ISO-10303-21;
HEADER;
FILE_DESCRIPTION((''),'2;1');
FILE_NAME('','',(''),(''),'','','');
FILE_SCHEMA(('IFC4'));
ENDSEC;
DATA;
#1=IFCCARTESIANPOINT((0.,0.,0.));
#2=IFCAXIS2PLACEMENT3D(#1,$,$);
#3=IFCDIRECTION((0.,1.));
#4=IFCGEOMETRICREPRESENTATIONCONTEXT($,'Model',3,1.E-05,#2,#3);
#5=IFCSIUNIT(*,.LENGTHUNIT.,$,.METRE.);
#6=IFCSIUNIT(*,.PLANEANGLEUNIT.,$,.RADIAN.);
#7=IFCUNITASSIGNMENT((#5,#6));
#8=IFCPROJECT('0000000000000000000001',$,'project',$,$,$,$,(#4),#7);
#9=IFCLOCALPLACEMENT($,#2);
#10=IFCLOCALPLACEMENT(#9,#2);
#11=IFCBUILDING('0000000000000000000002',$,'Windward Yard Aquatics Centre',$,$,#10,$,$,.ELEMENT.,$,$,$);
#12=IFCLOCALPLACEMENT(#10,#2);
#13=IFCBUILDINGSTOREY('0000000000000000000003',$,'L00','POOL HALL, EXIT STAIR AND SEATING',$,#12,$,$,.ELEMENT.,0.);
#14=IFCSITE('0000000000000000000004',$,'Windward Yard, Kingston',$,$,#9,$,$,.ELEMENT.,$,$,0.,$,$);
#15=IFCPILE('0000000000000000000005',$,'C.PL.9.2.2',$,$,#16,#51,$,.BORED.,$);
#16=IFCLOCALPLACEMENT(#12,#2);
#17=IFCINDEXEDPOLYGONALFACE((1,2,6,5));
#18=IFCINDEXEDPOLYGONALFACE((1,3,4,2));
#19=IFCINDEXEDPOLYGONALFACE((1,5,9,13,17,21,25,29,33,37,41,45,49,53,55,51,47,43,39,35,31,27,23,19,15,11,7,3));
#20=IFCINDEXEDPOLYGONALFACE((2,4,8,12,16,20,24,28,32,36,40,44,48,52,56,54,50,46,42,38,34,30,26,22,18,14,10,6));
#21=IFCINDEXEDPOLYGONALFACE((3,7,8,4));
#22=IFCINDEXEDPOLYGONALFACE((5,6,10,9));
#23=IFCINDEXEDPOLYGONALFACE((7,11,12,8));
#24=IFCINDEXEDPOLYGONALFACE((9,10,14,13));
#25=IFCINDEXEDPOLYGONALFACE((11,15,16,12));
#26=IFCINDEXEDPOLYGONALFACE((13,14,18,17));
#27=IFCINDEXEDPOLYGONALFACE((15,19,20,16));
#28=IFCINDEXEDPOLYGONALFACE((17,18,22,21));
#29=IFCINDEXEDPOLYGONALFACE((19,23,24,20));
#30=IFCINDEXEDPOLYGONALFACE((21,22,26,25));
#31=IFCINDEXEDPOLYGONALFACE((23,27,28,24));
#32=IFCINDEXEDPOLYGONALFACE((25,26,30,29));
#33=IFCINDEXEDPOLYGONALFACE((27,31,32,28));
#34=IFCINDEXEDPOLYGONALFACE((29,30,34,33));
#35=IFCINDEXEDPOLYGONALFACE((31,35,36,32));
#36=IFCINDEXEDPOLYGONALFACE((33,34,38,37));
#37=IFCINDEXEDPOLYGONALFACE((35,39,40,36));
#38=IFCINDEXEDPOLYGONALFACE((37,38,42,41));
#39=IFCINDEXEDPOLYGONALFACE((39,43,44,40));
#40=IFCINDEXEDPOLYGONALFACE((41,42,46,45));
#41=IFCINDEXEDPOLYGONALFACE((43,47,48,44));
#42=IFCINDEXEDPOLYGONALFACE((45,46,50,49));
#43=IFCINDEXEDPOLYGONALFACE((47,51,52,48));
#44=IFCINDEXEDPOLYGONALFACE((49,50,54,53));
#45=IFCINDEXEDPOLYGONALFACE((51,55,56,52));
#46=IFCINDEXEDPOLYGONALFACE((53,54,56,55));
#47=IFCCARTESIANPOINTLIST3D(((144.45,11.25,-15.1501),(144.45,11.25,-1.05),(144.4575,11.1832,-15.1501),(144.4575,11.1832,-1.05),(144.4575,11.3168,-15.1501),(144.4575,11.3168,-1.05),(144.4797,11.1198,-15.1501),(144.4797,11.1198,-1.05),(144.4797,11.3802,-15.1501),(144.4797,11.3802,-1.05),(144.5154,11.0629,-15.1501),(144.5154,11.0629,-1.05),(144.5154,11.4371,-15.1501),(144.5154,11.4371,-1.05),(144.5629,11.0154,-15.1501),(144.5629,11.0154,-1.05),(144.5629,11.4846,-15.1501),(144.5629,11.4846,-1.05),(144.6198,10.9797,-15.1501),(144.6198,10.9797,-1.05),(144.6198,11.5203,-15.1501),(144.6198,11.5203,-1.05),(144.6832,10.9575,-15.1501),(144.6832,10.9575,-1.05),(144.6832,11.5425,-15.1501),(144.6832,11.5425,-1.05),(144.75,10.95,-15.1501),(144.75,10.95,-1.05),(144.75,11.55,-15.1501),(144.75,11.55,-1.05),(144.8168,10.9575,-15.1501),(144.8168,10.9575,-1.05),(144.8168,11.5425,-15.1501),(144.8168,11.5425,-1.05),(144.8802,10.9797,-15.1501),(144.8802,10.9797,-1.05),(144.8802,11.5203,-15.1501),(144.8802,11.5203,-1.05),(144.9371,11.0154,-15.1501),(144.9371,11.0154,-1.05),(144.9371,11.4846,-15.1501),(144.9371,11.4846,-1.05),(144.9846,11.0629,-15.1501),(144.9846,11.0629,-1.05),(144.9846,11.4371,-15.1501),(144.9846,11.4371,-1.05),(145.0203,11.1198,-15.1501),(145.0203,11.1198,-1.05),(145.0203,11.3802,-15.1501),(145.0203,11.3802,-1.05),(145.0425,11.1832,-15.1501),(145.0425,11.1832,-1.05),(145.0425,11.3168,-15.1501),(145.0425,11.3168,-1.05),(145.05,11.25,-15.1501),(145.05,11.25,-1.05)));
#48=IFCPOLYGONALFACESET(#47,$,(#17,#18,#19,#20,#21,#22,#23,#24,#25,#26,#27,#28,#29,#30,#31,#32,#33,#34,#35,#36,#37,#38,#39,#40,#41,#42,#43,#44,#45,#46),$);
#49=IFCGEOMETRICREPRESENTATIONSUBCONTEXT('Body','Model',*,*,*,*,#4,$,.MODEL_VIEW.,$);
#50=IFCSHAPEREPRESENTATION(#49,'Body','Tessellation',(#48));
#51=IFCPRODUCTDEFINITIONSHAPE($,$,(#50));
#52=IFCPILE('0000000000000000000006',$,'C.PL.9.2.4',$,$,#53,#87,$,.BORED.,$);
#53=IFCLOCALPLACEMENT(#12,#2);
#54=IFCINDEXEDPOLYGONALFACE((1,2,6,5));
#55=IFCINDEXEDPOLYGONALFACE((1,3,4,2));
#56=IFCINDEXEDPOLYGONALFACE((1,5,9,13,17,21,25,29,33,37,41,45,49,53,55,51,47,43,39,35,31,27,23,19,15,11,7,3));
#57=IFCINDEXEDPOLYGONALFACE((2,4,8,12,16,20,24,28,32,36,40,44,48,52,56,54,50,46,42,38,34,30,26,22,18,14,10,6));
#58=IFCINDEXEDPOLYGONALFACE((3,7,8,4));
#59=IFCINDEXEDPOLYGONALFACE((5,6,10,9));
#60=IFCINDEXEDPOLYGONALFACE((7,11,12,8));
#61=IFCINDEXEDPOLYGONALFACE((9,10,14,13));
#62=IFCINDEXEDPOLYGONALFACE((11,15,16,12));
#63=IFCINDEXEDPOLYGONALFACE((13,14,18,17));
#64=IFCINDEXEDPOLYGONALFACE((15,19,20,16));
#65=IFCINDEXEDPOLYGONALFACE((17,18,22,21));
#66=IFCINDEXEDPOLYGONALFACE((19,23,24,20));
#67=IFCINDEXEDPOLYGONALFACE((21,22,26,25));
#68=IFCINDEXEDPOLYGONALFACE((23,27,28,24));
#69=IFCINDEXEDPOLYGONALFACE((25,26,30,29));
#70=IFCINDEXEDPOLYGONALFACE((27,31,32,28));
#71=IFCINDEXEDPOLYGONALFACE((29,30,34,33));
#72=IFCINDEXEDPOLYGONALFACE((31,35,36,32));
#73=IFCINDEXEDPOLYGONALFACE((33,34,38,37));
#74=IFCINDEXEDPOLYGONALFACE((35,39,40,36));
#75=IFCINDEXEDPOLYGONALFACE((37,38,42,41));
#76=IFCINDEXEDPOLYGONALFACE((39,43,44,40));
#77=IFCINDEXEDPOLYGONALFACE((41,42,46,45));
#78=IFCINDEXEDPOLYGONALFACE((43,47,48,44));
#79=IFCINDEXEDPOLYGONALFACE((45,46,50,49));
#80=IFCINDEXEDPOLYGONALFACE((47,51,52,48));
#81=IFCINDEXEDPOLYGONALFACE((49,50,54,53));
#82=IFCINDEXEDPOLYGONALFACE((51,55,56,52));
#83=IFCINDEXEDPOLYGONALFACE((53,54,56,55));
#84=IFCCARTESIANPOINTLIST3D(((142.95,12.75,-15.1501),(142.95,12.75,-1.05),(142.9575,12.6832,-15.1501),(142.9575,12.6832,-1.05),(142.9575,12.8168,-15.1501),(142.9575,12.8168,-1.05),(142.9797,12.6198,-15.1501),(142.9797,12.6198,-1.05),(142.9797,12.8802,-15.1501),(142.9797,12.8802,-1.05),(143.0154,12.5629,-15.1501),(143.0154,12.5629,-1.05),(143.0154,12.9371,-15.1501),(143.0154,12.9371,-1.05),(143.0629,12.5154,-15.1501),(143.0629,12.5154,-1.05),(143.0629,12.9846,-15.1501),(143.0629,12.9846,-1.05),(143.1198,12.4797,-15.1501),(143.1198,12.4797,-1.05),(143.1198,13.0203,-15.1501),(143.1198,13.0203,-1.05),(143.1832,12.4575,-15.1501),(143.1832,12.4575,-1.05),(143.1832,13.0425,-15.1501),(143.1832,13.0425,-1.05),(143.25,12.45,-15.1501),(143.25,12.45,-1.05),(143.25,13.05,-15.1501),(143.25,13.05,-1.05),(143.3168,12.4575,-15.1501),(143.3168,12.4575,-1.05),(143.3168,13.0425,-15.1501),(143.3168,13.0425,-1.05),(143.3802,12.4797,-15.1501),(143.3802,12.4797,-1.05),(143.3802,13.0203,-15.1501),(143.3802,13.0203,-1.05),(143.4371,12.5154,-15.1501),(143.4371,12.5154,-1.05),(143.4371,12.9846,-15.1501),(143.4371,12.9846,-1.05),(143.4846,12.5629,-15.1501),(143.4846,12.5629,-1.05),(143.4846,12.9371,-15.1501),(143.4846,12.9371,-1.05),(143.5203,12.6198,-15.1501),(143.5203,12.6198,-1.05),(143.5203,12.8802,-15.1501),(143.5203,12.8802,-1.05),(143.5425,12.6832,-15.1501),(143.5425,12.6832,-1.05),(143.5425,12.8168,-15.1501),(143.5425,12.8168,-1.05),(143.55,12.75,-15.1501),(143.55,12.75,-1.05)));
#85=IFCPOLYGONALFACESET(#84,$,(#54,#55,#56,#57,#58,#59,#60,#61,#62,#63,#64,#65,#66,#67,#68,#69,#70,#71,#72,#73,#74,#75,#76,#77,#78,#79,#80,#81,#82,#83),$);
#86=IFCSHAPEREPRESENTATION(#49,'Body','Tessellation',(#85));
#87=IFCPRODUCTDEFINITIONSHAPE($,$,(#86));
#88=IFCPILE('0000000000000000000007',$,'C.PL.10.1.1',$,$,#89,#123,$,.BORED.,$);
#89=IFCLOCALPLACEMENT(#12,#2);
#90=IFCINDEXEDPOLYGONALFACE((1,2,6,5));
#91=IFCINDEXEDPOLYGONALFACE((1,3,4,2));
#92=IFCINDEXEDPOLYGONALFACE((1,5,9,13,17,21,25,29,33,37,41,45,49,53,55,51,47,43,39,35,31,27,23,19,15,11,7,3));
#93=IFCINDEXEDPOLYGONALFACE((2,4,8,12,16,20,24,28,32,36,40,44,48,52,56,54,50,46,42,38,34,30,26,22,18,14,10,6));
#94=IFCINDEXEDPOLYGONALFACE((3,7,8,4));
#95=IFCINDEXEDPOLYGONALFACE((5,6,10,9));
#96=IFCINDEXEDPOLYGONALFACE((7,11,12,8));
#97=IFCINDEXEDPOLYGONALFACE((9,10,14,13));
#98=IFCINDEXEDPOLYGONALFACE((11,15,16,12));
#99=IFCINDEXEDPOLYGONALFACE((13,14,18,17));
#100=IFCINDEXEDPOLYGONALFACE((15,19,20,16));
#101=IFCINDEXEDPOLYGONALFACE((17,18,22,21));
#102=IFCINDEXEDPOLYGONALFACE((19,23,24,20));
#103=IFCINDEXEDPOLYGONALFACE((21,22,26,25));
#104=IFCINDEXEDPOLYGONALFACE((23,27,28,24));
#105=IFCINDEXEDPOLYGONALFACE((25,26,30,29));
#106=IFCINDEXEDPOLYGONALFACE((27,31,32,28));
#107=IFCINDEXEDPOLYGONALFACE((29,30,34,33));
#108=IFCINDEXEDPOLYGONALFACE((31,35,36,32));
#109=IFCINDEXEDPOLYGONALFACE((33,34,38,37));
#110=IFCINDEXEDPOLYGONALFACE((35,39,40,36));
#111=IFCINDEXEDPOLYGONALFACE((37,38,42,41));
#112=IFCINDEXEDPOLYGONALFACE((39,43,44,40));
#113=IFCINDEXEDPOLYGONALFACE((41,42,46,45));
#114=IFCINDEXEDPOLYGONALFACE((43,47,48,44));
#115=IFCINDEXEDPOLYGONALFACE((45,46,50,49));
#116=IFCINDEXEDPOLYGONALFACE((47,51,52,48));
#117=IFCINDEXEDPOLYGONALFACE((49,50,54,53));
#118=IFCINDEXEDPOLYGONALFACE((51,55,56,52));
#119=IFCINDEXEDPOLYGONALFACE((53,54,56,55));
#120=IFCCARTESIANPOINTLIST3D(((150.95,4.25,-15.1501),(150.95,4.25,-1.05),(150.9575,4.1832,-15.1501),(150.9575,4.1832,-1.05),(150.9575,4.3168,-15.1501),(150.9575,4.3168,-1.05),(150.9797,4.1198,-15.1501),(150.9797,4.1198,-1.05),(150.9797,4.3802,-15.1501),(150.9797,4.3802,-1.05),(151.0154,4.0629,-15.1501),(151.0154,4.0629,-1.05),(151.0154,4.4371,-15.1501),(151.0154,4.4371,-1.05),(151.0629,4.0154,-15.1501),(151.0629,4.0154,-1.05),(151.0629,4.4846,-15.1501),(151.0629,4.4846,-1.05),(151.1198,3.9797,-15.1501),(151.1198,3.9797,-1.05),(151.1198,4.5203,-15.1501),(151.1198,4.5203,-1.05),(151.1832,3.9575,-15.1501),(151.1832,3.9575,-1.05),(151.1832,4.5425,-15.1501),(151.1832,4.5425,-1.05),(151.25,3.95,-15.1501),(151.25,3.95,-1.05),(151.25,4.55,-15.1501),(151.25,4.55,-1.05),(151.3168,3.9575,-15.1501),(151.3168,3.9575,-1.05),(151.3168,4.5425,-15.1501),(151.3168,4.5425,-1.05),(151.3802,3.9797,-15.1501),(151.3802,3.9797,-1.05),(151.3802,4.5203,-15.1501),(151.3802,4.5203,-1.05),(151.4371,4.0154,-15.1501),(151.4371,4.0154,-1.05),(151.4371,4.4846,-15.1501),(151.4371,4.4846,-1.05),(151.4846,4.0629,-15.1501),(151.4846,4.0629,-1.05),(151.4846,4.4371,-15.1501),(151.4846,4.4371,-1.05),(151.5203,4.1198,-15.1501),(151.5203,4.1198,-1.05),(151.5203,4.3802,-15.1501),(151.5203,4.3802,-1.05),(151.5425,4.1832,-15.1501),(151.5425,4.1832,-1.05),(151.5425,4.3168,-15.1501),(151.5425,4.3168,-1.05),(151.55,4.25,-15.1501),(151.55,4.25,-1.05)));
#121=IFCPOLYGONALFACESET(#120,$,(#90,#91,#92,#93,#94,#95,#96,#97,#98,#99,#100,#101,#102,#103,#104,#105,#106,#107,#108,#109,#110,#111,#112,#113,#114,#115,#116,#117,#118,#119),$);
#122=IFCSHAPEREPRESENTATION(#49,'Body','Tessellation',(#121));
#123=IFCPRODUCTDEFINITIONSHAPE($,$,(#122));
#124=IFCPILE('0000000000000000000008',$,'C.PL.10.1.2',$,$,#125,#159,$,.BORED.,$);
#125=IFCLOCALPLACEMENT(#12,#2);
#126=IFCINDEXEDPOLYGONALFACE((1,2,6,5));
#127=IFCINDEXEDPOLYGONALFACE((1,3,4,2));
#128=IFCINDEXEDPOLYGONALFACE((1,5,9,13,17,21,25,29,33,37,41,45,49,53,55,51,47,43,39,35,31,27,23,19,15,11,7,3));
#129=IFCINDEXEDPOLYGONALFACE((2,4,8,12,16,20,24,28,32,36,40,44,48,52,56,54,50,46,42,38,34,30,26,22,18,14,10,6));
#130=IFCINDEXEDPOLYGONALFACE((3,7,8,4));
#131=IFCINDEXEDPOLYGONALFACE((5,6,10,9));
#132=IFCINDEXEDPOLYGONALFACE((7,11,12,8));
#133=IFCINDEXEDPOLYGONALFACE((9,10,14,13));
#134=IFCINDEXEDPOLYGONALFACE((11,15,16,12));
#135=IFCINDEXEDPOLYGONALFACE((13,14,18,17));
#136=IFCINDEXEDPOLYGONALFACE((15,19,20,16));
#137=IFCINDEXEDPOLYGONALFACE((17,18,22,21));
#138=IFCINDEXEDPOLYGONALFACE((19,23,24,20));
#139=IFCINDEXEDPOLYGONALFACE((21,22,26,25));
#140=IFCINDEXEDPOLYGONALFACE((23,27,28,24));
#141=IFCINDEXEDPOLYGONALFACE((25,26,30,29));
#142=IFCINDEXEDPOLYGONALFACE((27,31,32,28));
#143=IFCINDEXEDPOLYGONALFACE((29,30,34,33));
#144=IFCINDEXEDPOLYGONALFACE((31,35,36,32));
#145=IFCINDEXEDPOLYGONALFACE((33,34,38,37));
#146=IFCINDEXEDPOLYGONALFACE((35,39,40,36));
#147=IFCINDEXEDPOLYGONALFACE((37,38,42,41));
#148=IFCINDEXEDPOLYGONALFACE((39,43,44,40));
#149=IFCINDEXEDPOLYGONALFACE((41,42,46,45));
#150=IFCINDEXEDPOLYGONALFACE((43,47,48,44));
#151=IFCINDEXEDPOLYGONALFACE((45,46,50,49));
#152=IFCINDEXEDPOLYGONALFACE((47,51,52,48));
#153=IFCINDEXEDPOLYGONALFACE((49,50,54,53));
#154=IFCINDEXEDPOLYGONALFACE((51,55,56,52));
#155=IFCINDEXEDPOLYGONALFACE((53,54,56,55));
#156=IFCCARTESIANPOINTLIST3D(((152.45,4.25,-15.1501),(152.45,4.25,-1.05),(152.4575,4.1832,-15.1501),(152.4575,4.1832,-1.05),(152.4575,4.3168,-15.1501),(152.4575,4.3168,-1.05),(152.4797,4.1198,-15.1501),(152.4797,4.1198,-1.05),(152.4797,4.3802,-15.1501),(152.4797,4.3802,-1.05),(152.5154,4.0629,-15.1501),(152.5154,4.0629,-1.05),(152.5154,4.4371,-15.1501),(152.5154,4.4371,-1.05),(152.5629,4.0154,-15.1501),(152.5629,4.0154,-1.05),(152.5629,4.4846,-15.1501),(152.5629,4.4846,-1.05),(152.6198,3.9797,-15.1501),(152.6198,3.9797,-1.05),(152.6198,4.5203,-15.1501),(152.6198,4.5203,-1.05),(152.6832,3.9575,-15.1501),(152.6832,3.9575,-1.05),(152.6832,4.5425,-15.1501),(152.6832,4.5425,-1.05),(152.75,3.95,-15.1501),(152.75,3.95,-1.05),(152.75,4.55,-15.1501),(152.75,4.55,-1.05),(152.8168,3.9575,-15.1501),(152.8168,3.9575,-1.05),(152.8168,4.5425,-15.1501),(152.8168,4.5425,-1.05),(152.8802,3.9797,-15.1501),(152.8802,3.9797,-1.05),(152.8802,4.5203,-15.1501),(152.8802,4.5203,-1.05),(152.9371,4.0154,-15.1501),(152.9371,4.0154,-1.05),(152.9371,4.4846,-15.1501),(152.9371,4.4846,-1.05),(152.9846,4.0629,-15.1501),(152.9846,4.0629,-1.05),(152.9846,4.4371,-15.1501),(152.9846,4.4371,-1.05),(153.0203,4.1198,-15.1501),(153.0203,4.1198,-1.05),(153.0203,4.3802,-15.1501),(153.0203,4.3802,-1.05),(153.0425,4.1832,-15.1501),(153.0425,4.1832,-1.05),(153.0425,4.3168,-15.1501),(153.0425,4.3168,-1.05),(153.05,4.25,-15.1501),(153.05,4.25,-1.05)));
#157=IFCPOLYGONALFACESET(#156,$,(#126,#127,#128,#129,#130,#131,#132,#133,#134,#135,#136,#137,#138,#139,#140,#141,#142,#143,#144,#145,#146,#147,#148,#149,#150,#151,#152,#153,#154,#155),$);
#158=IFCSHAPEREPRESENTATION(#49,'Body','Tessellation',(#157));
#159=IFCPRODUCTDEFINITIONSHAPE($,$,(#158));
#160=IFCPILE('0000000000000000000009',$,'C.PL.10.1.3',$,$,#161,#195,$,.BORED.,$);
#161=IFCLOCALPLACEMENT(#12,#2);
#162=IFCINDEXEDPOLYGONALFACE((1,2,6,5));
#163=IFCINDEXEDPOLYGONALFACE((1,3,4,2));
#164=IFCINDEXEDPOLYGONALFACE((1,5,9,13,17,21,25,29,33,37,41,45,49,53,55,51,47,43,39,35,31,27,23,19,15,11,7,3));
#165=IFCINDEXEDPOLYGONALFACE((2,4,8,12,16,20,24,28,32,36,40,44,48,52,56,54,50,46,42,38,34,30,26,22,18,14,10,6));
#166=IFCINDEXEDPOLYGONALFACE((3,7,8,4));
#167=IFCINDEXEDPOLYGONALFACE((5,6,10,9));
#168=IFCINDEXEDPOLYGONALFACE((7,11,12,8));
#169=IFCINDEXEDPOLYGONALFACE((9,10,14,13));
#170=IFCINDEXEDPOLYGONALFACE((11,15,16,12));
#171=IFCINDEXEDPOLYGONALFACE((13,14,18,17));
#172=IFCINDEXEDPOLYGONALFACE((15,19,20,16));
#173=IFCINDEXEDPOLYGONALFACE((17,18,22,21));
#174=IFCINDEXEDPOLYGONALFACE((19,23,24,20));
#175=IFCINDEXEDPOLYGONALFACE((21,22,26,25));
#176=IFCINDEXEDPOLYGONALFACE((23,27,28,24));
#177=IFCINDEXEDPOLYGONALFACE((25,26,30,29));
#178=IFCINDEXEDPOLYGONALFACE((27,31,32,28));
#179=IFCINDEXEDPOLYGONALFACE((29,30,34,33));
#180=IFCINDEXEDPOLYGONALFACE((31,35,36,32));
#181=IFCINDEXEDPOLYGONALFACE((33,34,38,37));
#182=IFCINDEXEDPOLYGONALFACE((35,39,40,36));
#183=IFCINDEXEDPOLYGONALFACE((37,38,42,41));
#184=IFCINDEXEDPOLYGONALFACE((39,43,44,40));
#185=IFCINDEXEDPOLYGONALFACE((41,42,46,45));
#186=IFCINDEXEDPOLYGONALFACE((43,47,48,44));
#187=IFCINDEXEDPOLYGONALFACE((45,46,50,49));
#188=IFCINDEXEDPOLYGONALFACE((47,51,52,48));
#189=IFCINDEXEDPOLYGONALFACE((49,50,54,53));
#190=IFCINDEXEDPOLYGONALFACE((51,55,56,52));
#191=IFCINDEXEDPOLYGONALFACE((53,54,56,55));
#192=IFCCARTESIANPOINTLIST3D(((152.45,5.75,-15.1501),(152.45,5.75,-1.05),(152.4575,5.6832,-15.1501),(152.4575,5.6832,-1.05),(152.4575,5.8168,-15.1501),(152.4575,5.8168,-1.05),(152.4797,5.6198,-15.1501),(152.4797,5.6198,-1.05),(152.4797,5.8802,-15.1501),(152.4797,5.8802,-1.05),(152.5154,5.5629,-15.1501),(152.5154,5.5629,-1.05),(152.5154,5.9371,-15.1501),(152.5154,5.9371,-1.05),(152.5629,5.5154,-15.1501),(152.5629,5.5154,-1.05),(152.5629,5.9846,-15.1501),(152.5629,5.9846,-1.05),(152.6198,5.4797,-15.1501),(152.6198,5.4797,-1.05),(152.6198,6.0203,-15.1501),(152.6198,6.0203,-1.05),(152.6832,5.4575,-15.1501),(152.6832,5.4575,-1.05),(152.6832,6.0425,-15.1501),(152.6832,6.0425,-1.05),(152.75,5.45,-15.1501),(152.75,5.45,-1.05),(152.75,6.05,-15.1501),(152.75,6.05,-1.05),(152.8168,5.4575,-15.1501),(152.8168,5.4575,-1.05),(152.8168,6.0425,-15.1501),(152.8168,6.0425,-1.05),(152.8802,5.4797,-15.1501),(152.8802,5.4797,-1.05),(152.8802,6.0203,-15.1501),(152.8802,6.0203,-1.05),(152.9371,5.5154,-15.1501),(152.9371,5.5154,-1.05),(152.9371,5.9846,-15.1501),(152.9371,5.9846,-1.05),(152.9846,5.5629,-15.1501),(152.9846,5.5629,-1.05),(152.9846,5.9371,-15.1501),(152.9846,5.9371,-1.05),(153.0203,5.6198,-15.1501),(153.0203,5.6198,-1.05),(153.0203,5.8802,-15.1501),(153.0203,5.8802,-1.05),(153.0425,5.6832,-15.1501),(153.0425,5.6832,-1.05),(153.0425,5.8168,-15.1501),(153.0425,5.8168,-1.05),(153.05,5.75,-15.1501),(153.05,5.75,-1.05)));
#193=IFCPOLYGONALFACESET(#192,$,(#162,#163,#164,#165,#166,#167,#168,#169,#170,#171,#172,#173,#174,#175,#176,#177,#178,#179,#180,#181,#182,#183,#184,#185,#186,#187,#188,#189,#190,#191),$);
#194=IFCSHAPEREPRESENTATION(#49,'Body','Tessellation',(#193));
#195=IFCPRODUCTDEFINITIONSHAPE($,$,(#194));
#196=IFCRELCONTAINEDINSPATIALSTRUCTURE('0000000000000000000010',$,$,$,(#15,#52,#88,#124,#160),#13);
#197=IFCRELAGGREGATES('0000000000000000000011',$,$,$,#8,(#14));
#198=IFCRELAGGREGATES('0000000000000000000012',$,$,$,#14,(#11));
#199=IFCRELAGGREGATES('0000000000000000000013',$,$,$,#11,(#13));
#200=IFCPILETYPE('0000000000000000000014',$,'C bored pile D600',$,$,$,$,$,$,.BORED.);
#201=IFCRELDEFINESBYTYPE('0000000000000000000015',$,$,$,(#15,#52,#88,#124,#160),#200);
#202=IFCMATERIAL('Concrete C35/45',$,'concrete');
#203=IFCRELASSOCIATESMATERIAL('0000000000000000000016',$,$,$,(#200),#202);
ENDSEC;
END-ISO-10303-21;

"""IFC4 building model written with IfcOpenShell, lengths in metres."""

from ifc_helpers import new_model, si_unit, direction, frame, origin, origin_2d, place, context, subcontext, project, spatial, circle, extrude, material, material_profile, profile_set, type_object, element, save


model = new_model("IFC4")

# Units and contexts
model_context = context("Model", 3, precision=1e-05, world=origin(), true_north=direction((0.0, 1.0)))
body_context = subcontext(model_context, "Body", "Model", "MODEL_VIEW")
ifc_project = project(units=[si_unit("LENGTHUNIT", "METRE"), si_unit("PLANEANGLEUNIT", "RADIAN")], contexts=[model_context])

# Site, building, storey
site_placement = place(None, origin())
site = spatial("IfcSite", under=ifc_project, at=site_placement, Name="Windward Yard, Kingston", CompositionType="ELEMENT", RefElevation=0.0)
building_placement = place(site_placement, origin())
building = spatial("IfcBuilding", under=site, at=building_placement, Name="Windward Yard Aquatics Centre", CompositionType="ELEMENT")
storey_placement = place(building_placement, origin())
storey = spatial("IfcBuildingStorey", under=building, at=storey_placement, Name="L00", Description="POOL HALL, EXIT STAIR AND SEATING", CompositionType="ELEMENT", Elevation=0.0)

# Piles
ifc_material_1 = material(Name="Concrete C35/45", Category="concrete")
ifc_material_profile_1 = material_profile(ifc_material_1, circle(Radius=0.3, at=origin_2d()), Name="RC D600")
ifc_profile_set_1 = profile_set([ifc_material_profile_1], Name="Concrete C35/45")
pile_type = type_object("IfcPileType", Name="C bored pile D600", PredefinedType="BORED", material=ifc_profile_set_1)
for number, where, z_axis, x_axis, name in (
    (1, (144.75, 11.25, -1.05), (0.0, 0.0, -1.0), (1.0, 0.0, 0.0), "C.PL.9.2.2"),
    (2, (143.25, 12.75, -1.05), (0.0, 0.0, -1.0), (1.0, 0.0, 0.0), "C.PL.9.2.4"),
    (3, (151.25, 4.25, -1.05), (0.0, 0.0, -1.0), (1.0, 0.0, 0.0), "C.PL.10.1.1"),
    (4, (152.75, 4.25, -1.05), (0.0, 0.0, -1.0), (1.0, 0.0, 0.0), "C.PL.10.1.2"),
    (5, (152.75, 5.75, -1.05), (0.0, 0.0, -1.0), (1.0, 0.0, 0.0), "C.PL.10.1.3"),
):
    element("IfcPile", number, at=place(storey_placement, frame(where, z_axis=z_axis, x_axis=x_axis)), inside=storey, type_object=pile_type, Name=name, PredefinedType="BORED", context=body_context, shape_type="SweptSolid", body=[
        extrude(circle(Radius=0.3, at=origin_2d()), origin(), (0.0, 0.0, 1.0), 14.1001),
    ])

save(model, "model.ifc")
